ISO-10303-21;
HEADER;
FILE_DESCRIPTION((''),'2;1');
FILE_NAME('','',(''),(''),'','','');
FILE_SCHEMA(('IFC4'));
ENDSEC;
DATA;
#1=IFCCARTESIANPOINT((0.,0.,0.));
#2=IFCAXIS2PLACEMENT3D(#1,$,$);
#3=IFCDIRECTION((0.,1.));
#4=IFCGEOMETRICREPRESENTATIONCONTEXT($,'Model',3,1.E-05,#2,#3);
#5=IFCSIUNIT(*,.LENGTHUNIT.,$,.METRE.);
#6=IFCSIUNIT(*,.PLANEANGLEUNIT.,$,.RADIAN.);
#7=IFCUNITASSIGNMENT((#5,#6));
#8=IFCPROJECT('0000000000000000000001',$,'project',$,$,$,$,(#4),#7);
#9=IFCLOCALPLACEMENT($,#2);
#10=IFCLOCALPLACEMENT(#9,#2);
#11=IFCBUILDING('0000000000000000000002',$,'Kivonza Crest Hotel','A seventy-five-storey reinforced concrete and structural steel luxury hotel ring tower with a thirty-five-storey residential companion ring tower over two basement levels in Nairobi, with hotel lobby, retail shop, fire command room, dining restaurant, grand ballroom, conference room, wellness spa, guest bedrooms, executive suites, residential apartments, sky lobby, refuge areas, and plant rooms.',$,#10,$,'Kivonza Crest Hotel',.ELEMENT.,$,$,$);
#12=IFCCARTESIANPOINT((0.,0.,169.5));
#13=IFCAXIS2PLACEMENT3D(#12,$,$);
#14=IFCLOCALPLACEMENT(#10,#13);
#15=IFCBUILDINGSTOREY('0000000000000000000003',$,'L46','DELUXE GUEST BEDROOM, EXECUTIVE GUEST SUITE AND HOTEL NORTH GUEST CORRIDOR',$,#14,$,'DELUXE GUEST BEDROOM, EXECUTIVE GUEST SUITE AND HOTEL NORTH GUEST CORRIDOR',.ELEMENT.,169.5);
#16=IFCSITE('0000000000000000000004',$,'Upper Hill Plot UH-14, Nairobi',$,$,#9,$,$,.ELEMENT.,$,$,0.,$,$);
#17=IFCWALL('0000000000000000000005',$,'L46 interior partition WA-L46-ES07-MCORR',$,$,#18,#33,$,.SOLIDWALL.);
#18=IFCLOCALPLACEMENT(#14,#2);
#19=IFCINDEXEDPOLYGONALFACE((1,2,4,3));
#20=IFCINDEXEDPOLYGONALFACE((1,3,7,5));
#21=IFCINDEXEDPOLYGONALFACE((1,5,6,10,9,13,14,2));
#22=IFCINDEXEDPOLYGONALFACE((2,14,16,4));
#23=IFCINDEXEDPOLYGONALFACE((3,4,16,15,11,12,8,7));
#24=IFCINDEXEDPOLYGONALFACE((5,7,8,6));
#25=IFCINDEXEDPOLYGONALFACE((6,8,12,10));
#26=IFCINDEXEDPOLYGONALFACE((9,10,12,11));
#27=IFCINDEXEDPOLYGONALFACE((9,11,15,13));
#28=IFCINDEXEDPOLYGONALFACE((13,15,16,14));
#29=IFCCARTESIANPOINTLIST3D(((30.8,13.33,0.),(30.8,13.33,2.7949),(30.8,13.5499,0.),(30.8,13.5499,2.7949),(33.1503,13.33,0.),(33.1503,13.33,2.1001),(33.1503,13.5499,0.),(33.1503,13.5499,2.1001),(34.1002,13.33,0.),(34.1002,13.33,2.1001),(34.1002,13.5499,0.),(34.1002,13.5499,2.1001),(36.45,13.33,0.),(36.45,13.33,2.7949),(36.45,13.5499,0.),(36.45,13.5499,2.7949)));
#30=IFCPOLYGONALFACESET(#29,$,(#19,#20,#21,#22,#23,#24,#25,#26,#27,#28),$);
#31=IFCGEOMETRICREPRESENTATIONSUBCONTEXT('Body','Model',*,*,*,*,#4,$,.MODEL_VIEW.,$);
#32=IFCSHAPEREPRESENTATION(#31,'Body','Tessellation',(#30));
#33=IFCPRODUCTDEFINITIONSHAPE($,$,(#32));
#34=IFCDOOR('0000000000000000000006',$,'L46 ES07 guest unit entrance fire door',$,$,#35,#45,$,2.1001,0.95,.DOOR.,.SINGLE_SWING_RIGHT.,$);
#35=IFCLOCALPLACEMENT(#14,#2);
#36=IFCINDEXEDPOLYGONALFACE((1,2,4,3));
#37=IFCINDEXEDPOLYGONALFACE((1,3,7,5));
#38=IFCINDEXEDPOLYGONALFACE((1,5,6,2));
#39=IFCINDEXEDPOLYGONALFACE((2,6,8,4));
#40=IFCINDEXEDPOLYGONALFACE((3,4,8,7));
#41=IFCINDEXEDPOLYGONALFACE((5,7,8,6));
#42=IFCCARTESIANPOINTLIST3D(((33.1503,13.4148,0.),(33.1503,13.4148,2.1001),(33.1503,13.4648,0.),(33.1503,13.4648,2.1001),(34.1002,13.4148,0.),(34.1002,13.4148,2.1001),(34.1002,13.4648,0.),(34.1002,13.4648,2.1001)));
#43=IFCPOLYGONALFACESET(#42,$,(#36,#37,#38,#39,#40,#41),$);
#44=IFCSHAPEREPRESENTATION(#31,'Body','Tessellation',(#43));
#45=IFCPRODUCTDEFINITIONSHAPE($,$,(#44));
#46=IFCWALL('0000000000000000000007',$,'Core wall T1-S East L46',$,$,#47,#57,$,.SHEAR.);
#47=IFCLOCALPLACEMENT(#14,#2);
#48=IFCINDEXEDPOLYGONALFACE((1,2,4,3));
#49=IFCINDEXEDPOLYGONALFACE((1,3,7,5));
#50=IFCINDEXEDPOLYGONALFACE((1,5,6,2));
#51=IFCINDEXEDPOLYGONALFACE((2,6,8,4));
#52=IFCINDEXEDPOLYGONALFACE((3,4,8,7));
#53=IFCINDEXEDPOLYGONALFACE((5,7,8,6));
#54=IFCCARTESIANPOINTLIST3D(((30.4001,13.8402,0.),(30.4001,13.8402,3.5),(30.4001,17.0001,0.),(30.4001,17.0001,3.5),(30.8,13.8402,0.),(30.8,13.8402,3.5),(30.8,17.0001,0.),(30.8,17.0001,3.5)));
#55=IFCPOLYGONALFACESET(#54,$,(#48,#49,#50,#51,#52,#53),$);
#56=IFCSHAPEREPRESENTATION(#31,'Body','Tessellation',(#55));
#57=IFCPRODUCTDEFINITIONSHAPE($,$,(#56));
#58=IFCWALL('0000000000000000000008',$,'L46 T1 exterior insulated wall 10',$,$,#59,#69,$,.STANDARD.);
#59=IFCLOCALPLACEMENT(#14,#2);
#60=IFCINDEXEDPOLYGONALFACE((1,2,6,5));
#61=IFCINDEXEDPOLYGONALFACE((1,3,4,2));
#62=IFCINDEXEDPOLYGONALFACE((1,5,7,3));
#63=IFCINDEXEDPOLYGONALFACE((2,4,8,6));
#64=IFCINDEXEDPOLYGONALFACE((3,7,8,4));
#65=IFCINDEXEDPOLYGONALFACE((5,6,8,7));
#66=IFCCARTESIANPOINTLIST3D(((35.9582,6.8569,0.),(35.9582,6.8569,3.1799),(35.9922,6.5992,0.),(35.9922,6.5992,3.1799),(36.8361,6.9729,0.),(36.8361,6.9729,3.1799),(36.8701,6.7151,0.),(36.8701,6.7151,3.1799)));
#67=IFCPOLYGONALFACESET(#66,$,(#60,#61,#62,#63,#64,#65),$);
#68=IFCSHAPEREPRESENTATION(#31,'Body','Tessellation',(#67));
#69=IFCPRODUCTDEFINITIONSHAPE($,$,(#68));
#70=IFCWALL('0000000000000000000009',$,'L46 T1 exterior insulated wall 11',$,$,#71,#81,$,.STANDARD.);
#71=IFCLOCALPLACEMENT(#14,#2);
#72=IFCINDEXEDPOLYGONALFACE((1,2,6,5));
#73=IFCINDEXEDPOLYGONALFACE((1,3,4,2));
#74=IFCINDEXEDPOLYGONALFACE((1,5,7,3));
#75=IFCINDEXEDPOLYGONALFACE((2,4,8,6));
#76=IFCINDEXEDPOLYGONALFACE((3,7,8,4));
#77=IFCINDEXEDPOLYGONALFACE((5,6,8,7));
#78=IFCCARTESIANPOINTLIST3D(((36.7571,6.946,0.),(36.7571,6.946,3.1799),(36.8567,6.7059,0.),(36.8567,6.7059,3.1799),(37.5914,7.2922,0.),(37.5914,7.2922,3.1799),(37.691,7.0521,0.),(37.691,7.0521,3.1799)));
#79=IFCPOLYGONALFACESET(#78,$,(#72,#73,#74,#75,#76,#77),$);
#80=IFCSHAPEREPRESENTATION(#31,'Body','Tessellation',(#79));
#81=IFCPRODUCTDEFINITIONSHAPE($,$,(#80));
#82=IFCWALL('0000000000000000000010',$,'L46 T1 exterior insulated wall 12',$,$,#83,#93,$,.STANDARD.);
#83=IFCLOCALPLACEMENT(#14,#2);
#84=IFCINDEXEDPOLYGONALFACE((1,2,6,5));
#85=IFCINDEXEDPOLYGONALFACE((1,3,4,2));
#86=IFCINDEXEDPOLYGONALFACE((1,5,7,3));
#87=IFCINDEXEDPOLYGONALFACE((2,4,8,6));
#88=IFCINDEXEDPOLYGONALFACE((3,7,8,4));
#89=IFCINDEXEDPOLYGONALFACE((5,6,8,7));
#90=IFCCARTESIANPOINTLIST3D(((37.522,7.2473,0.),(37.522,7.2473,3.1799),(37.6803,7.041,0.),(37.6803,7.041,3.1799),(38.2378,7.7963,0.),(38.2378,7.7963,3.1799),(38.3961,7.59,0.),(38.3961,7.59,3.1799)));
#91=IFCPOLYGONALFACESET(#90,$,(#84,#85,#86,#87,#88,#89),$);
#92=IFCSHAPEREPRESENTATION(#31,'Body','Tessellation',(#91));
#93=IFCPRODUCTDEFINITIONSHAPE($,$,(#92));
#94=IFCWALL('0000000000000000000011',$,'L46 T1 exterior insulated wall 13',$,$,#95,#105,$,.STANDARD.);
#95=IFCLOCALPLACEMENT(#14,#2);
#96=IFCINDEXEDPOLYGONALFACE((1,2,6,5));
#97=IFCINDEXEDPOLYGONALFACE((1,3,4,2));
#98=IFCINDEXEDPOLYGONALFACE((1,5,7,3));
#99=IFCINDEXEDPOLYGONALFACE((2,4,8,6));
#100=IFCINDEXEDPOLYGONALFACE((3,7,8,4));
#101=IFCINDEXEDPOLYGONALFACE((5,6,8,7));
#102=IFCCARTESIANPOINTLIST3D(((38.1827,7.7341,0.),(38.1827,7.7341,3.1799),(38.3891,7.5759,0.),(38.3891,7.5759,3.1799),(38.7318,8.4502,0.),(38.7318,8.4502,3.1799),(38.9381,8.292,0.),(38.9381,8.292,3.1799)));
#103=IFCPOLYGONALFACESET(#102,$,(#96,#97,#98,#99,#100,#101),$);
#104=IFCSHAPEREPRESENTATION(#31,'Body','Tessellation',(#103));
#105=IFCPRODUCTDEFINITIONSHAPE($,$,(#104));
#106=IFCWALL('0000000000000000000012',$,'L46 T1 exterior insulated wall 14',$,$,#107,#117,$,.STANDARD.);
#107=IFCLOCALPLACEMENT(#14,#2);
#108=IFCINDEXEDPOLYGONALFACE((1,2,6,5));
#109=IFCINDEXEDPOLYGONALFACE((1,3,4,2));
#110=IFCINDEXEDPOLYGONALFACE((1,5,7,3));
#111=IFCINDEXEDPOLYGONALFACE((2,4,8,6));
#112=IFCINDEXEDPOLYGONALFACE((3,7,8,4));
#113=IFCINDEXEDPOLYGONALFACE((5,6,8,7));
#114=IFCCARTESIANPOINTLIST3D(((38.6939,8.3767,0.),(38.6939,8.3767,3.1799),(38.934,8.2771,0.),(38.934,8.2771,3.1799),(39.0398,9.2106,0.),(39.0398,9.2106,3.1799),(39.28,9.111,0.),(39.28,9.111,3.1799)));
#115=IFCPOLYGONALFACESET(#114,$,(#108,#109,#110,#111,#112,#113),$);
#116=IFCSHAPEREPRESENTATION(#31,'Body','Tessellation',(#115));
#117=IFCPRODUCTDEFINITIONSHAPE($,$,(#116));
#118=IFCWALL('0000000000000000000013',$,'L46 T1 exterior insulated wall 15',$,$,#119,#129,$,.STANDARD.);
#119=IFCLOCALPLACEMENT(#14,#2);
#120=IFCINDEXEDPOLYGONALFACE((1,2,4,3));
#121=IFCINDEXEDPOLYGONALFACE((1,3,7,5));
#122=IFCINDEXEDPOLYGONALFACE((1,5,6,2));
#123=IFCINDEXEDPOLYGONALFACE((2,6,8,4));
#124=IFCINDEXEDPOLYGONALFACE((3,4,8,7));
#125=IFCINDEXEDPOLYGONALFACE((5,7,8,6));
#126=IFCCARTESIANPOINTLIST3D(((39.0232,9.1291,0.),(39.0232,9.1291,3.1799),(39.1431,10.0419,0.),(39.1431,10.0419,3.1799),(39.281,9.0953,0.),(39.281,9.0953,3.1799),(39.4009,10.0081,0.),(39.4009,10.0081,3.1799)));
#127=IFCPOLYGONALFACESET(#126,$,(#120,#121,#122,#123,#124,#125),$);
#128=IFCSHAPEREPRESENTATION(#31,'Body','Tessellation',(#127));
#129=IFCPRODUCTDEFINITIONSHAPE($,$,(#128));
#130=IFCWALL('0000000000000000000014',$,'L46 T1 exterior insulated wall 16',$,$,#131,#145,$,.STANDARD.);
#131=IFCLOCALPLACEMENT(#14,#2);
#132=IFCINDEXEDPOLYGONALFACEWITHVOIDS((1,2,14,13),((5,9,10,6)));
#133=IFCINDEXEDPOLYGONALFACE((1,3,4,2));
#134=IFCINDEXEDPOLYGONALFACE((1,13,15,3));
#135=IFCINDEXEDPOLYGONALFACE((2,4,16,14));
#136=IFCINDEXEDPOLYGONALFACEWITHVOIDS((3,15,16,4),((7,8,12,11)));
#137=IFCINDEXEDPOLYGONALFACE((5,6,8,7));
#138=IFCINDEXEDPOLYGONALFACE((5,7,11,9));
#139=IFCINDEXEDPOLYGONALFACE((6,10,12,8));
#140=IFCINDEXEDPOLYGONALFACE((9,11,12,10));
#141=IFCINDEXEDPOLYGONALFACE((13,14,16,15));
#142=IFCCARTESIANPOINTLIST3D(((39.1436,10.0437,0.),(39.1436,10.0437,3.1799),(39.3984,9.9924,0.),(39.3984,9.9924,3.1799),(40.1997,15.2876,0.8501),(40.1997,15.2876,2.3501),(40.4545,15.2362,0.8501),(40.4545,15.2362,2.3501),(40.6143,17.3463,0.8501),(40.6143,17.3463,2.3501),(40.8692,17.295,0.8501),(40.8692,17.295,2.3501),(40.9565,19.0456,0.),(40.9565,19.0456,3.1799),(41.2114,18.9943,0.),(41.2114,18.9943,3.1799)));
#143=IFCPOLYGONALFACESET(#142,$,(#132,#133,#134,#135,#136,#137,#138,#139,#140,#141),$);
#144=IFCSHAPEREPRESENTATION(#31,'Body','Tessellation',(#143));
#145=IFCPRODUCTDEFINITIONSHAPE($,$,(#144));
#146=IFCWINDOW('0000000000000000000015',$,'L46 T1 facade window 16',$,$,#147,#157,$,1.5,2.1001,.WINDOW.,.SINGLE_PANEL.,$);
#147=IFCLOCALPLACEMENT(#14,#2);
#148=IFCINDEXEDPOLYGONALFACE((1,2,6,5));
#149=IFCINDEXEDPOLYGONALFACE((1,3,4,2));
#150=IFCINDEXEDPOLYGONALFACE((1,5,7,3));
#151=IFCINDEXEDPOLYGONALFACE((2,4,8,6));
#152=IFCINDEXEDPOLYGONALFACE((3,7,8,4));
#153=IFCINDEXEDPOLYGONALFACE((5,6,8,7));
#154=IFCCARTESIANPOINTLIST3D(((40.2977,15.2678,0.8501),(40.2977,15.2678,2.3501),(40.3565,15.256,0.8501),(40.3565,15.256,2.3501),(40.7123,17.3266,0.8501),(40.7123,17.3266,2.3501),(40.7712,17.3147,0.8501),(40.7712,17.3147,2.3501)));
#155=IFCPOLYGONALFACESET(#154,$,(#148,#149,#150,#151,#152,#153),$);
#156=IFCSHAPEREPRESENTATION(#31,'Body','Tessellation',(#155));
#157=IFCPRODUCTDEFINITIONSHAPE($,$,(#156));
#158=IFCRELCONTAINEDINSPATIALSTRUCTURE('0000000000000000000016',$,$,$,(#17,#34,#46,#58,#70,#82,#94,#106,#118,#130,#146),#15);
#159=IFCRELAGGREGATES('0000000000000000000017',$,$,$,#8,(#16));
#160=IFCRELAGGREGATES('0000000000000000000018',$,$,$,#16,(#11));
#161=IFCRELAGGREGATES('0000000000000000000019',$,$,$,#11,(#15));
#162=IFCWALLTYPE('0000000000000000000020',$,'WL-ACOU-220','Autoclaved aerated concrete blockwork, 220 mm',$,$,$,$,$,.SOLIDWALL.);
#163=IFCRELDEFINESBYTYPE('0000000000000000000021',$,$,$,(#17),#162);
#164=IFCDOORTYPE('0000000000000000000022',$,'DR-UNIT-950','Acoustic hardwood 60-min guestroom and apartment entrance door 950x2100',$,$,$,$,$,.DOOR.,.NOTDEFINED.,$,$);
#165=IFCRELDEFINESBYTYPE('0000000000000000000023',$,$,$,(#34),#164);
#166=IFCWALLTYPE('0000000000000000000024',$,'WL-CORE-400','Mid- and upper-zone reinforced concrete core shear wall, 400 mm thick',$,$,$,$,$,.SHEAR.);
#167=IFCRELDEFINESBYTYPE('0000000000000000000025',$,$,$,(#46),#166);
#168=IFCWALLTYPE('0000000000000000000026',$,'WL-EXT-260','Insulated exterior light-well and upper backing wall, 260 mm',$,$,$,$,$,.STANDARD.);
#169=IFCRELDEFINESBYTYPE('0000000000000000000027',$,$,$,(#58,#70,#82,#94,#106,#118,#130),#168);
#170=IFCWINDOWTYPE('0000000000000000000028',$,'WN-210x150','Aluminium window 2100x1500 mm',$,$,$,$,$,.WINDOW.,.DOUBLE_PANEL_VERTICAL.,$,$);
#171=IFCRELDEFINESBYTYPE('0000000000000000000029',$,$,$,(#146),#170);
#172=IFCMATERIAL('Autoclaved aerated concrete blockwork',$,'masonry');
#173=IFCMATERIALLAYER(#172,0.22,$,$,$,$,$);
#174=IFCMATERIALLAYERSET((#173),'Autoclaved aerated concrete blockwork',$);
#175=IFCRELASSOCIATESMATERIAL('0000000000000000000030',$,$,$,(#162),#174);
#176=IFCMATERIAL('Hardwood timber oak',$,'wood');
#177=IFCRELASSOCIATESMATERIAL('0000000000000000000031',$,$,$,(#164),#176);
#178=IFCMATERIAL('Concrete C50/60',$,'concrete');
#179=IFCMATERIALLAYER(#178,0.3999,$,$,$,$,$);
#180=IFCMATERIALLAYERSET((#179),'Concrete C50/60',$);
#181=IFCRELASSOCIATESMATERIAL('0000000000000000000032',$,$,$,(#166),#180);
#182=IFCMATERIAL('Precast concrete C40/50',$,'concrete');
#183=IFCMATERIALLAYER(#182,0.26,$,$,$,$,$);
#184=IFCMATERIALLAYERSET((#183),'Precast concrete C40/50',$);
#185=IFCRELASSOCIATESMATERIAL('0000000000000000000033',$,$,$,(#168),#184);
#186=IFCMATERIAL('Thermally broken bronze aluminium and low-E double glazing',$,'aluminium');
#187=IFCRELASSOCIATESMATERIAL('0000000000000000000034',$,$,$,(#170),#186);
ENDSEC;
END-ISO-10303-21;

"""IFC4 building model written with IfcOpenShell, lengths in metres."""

from ifc_helpers import new_model, si_unit, direction, frame, frame_2d, origin, place, context, subcontext, project, spatial, rectangle, extrude, material, layer, layer_set, type_object, element, fill, save


model = new_model("IFC4")

# Units and contexts
model_context = context("Model", 3, precision=1e-05, world=origin(), true_north=direction((0.0, 1.0)))
body_context = subcontext(model_context, "Body", "Model", "MODEL_VIEW")
ifc_project = project(units=[si_unit("LENGTHUNIT", "METRE"), si_unit("PLANEANGLEUNIT", "RADIAN")], contexts=[model_context])

# Site, building, storey
site_placement = place(None, origin())
site = spatial("IfcSite", under=ifc_project, at=site_placement, Name="Upper Hill Plot UH-14, Nairobi", CompositionType="ELEMENT", RefElevation=0.0)
building_placement = place(site_placement, origin())
building = spatial("IfcBuilding", under=site, at=building_placement, Name="Kivonza Crest Hotel", Description="A seventy-five-storey reinforced concrete and structural steel luxury hotel ring tower with a thirty-five-storey residential companion ring tower over two basement levels in Nairobi, with hotel lobby, retail shop, fire command room, dining restaurant, grand ballroom, conference room, wellness spa, guest bedrooms, executive suites, residential apartments, sky lobby, refuge areas, and plant rooms.", LongName="Kivonza Crest Hotel", CompositionType="ELEMENT")
storey_placement = place(building_placement, frame((0.0, 0.0, 169.5)))
storey = spatial("IfcBuildingStorey", under=building, at=storey_placement, Name="L46", Description="DELUXE GUEST BEDROOM, EXECUTIVE GUEST SUITE AND HOTEL NORTH GUEST CORRIDOR", LongName="DELUXE GUEST BEDROOM, EXECUTIVE GUEST SUITE AND HOTEL NORTH GUEST CORRIDOR", CompositionType="ELEMENT", Elevation=169.5)

# Shared definitions
ifc_material_1 = material(Name="Concrete C50/60", Category="concrete")

# Shared definitions
ifc_material_2 = material(Name="Autoclaved aerated concrete blockwork", Category="masonry")
ifc_layer_1 = layer(ifc_material_2, 0.22)
ifc_layer_set_1 = layer_set([ifc_layer_1], Name="Autoclaved aerated concrete blockwork")
wall_type_1 = type_object("IfcWallType", Name="WL-ACOU-220", Description="Autoclaved aerated concrete blockwork, 220 mm", PredefinedType="SOLIDWALL", material=ifc_layer_set_1)
ifc_material_3 = material(Name="Hardwood timber oak", Category="wood")

# Wall, opening, door
wall_1_placement = place(storey_placement, frame((30.8, 13.4399, 0.0), z_axis=(0.0, 0.0, 1.0), x_axis=(1.0, 0.0, 0.0)))
wall_1 = element("IfcWall", 1, at=wall_1_placement, inside=storey, type_object=wall_type_1, Name="L46 interior partition WA-L46-ES07-MCORR", PredefinedType="SOLIDWALL", context=body_context, shape_type="SweptSolid", body=[
    extrude(rectangle(XDim=5.6499, YDim=0.22, at=frame_2d((2.825, 0.0))), origin(), (0.0, 0.0, 1.0), 2.7949),
])
opening_1_placement = place(wall_1_placement, frame((2.3501, 0.0, 0.0)))
opening_1 = element("IfcOpeningElement", 2, at=opening_1_placement, cuts=wall_1, PredefinedType="OPENING", context=body_context, shape_type="SweptSolid", body=[
    extrude(rectangle(XDim=0.95, YDim=2.1001, at=frame_2d((0.4751, 1.05))), frame((0.0, 0.1201, 0.0), z_axis=(0.0, -1.0, 0.0), x_axis=(1.0, 0.0, 0.0)), (0.0, 0.0, 1.0), 0.24),
])
door_type_1 = type_object("IfcDoorType", Name="DR-UNIT-950", Description="Acoustic hardwood 60-min guestroom and apartment entrance door 950x2100", OperationType="NOTDEFINED", PredefinedType="DOOR", material=ifc_material_3)
door_1_placement = place(opening_1_placement, origin())
door_1 = element("IfcDoor", 3, at=door_1_placement, inside=storey, type_object=door_type_1, Name="L46 ES07 guest unit entrance fire door", OperationType="SINGLE_SWING_RIGHT", OverallHeight=2.1001, OverallWidth=0.95, PredefinedType="DOOR", context=body_context, shape_type="SweptSolid", body=[
    extrude(rectangle(XDim=0.95, YDim=2.1001, at=frame_2d((0.4751, 1.05))), frame((0.0, 0.0249, 0.0), z_axis=(0.0, -1.0, 0.0), x_axis=(1.0, 0.0, 0.0)), (0.0, 0.0, 1.0), 0.05),
])
fill(opening_1, door_1)

# Walls
ifc_layer_2 = layer(ifc_material_1, 0.3999)
ifc_layer_set_2 = layer_set([ifc_layer_2], Name="Concrete C50/60")
wall_type_2 = type_object("IfcWallType", Name="WL-CORE-400", Description="Mid- and upper-zone reinforced concrete core shear wall, 400 mm thick", PredefinedType="SHEAR", material=ifc_layer_set_2)
wall_2_placement = place(storey_placement, frame((30.6001, 13.8401, 0.0), z_axis=(0.0, 0.0, 1.0), x_axis=(0.0, 1.0, 0.0)))
element("IfcWall", 4, at=wall_2_placement, inside=storey, type_object=wall_type_2, Name="Core wall T1-S East L46", PredefinedType="SHEAR", context=body_context, shape_type="SweptSolid", body=[
    extrude(rectangle(XDim=3.1599, YDim=0.3999, at=frame_2d((1.5801, 0.0))), origin(), (0.0, 0.0, 1.0), 3.5),
])
ifc_material_4 = material(Name="Precast concrete C40/50", Category="concrete")
ifc_layer_3 = layer(ifc_material_4, 0.26)
ifc_layer_set_3 = layer_set([ifc_layer_3], Name="Precast concrete C40/50")
wall_type_3 = type_object("IfcWallType", Name="WL-EXT-260", Description="Insulated exterior light-well and upper backing wall, 260 mm", PredefinedType="STANDARD", material=ifc_layer_set_3)
wall_3_placement = place(storey_placement, frame((35.9751, 6.728, 0.0), z_axis=(0.0, 0.0, 1.0), x_axis=(0.991388, 0.130954, 0.0)))
element("IfcWall", 5, at=wall_3_placement, inside=storey, type_object=wall_type_3, Name="L46 T1 exterior insulated wall 10", PredefinedType="STANDARD", context=body_context, shape_type="SweptSolid", body=[
    extrude(rectangle(XDim=0.8855, YDim=0.26, at=frame_2d((0.4429, 0.0))), origin(), (0.0, 0.0, 1.0), 3.1799),
])
wall_4_placement = place(storey_placement, frame((36.8069, 6.8259, 0.0), z_axis=(0.0, 0.0, 1.0), x_axis=(0.923628, 0.383291, 0.0)))
element("IfcWall", 6, at=wall_4_placement, inside=storey, type_object=wall_type_3, Name="L46 T1 exterior insulated wall 11", PredefinedType="STANDARD", context=body_context, shape_type="SweptSolid", body=[
    extrude(rectangle(XDim=0.9033, YDim=0.26, at=frame_2d((0.4517, 0.0))), origin(), (0.0, 0.0, 1.0), 3.1799),
])
wall_5_placement = place(storey_placement, frame((37.6011, 7.144, 0.0), z_axis=(0.0, 0.0, 1.0), x_axis=(0.793458, 0.608625, 0.0)))
element("IfcWall", 7, at=wall_5_placement, inside=storey, type_object=wall_type_3, Name="L46 T1 exterior insulated wall 12", PredefinedType="STANDARD", context=body_context, shape_type="SweptSolid", body=[
    extrude(rectangle(XDim=0.9021, YDim=0.26, at=frame_2d((0.4512, 0.0))), origin(), (0.0, 0.0, 1.0), 3.1799),
])
wall_6_placement = place(storey_placement, frame((38.2859, 7.655, 0.0), z_axis=(0.0, 0.0, 1.0), x_axis=(0.608494, 0.793558, 0.0)))
element("IfcWall", 8, at=wall_6_placement, inside=storey, type_object=wall_type_3, Name="L46 T1 exterior insulated wall 13", PredefinedType="STANDARD", context=body_context, shape_type="SweptSolid", body=[
    extrude(rectangle(XDim=0.9023, YDim=0.26, at=frame_2d((0.4512, 0.0))), origin(), (0.0, 0.0, 1.0), 3.1799),
])
wall_7_placement = place(storey_placement, frame((38.814, 8.3269, 0.0), z_axis=(0.0, 0.0, 1.0), x_axis=(0.383156, 0.923684, 0.0)))
element("IfcWall", 9, at=wall_7_placement, inside=storey, type_object=wall_type_3, Name="L46 T1 exterior insulated wall 14", PredefinedType="STANDARD", context=body_context, shape_type="SweptSolid", body=[
    extrude(rectangle(XDim=0.9028, YDim=0.26, at=frame_2d((0.4514, 0.0))), origin(), (0.0, 0.0, 1.0), 3.1799),
])
wall_8_placement = place(storey_placement, frame((39.1521, 9.1121, 0.0), z_axis=(0.0, 0.0, 1.0), x_axis=(0.130201, 0.991488, 0.0)))
element("IfcWall", 10, at=wall_8_placement, inside=storey, type_object=wall_type_3, Name="L46 T1 exterior insulated wall 15", PredefinedType="STANDARD", context=body_context, shape_type="SweptSolid", body=[
    extrude(rectangle(XDim=0.9207, YDim=0.26, at=frame_2d((0.4604, 0.0))), origin(), (0.0, 0.0, 1.0), 3.1799),
])

# Wall, opening, window
wall_9_placement = place(storey_placement, frame((39.271, 10.0181, 0.0), z_axis=(0.0, 0.0, 1.0), x_axis=(0.197435, 0.980316, 0.0)))
wall_9 = element("IfcWall", 11, at=wall_9_placement, inside=storey, type_object=wall_type_3, Name="L46 T1 exterior insulated wall 16", PredefinedType="STANDARD", context=body_context, shape_type="SweptSolid", body=[
    extrude(rectangle(XDim=9.1826, YDim=0.26, at=frame_2d((4.5913, 0.0))), origin(), (0.0, 0.0, 1.0), 3.1799),
])
opening_2_placement = place(wall_9_placement, frame((5.3491, 0.0, 0.8501)))
opening_2 = element("IfcOpeningElement", 12, at=opening_2_placement, cuts=wall_9, PredefinedType="OPENING", context=body_context, shape_type="SweptSolid", body=[
    extrude(rectangle(XDim=2.1001, YDim=1.5, at=frame_2d((1.05, 0.75))), frame((0.0, 0.1401, 0.0), z_axis=(0.0, -1.0, 0.0), x_axis=(1.0, 0.0, 0.0)), (0.0, 0.0, 1.0), 0.28),
])
ifc_material_5 = material(Name="Thermally broken bronze aluminium and low-E double glazing", Category="aluminium")
window_type = type_object("IfcWindowType", Name="WN-210x150", Description="Aluminium window 2100x1500 mm", PartitioningType="DOUBLE_PANEL_VERTICAL", PredefinedType="WINDOW", material=ifc_material_5)
window_placement = place(opening_2_placement, origin())
window = element("IfcWindow", 13, at=window_placement, inside=storey, type_object=window_type, Name="L46 T1 facade window 16", OverallHeight=1.5, OverallWidth=2.1001, PartitioningType="SINGLE_PANEL", PredefinedType="WINDOW", context=body_context, shape_type="SweptSolid", body=[
    extrude(rectangle(XDim=2.1001, YDim=1.5, at=frame_2d((1.05, 0.75))), frame((0.0, 0.03, 0.0), z_axis=(0.0, -1.0, 0.0), x_axis=(1.0, 0.0, 0.0)), (0.0, 0.0, 1.0), 0.0601),
])
fill(opening_2, window)

save(model, "model.ifc")
